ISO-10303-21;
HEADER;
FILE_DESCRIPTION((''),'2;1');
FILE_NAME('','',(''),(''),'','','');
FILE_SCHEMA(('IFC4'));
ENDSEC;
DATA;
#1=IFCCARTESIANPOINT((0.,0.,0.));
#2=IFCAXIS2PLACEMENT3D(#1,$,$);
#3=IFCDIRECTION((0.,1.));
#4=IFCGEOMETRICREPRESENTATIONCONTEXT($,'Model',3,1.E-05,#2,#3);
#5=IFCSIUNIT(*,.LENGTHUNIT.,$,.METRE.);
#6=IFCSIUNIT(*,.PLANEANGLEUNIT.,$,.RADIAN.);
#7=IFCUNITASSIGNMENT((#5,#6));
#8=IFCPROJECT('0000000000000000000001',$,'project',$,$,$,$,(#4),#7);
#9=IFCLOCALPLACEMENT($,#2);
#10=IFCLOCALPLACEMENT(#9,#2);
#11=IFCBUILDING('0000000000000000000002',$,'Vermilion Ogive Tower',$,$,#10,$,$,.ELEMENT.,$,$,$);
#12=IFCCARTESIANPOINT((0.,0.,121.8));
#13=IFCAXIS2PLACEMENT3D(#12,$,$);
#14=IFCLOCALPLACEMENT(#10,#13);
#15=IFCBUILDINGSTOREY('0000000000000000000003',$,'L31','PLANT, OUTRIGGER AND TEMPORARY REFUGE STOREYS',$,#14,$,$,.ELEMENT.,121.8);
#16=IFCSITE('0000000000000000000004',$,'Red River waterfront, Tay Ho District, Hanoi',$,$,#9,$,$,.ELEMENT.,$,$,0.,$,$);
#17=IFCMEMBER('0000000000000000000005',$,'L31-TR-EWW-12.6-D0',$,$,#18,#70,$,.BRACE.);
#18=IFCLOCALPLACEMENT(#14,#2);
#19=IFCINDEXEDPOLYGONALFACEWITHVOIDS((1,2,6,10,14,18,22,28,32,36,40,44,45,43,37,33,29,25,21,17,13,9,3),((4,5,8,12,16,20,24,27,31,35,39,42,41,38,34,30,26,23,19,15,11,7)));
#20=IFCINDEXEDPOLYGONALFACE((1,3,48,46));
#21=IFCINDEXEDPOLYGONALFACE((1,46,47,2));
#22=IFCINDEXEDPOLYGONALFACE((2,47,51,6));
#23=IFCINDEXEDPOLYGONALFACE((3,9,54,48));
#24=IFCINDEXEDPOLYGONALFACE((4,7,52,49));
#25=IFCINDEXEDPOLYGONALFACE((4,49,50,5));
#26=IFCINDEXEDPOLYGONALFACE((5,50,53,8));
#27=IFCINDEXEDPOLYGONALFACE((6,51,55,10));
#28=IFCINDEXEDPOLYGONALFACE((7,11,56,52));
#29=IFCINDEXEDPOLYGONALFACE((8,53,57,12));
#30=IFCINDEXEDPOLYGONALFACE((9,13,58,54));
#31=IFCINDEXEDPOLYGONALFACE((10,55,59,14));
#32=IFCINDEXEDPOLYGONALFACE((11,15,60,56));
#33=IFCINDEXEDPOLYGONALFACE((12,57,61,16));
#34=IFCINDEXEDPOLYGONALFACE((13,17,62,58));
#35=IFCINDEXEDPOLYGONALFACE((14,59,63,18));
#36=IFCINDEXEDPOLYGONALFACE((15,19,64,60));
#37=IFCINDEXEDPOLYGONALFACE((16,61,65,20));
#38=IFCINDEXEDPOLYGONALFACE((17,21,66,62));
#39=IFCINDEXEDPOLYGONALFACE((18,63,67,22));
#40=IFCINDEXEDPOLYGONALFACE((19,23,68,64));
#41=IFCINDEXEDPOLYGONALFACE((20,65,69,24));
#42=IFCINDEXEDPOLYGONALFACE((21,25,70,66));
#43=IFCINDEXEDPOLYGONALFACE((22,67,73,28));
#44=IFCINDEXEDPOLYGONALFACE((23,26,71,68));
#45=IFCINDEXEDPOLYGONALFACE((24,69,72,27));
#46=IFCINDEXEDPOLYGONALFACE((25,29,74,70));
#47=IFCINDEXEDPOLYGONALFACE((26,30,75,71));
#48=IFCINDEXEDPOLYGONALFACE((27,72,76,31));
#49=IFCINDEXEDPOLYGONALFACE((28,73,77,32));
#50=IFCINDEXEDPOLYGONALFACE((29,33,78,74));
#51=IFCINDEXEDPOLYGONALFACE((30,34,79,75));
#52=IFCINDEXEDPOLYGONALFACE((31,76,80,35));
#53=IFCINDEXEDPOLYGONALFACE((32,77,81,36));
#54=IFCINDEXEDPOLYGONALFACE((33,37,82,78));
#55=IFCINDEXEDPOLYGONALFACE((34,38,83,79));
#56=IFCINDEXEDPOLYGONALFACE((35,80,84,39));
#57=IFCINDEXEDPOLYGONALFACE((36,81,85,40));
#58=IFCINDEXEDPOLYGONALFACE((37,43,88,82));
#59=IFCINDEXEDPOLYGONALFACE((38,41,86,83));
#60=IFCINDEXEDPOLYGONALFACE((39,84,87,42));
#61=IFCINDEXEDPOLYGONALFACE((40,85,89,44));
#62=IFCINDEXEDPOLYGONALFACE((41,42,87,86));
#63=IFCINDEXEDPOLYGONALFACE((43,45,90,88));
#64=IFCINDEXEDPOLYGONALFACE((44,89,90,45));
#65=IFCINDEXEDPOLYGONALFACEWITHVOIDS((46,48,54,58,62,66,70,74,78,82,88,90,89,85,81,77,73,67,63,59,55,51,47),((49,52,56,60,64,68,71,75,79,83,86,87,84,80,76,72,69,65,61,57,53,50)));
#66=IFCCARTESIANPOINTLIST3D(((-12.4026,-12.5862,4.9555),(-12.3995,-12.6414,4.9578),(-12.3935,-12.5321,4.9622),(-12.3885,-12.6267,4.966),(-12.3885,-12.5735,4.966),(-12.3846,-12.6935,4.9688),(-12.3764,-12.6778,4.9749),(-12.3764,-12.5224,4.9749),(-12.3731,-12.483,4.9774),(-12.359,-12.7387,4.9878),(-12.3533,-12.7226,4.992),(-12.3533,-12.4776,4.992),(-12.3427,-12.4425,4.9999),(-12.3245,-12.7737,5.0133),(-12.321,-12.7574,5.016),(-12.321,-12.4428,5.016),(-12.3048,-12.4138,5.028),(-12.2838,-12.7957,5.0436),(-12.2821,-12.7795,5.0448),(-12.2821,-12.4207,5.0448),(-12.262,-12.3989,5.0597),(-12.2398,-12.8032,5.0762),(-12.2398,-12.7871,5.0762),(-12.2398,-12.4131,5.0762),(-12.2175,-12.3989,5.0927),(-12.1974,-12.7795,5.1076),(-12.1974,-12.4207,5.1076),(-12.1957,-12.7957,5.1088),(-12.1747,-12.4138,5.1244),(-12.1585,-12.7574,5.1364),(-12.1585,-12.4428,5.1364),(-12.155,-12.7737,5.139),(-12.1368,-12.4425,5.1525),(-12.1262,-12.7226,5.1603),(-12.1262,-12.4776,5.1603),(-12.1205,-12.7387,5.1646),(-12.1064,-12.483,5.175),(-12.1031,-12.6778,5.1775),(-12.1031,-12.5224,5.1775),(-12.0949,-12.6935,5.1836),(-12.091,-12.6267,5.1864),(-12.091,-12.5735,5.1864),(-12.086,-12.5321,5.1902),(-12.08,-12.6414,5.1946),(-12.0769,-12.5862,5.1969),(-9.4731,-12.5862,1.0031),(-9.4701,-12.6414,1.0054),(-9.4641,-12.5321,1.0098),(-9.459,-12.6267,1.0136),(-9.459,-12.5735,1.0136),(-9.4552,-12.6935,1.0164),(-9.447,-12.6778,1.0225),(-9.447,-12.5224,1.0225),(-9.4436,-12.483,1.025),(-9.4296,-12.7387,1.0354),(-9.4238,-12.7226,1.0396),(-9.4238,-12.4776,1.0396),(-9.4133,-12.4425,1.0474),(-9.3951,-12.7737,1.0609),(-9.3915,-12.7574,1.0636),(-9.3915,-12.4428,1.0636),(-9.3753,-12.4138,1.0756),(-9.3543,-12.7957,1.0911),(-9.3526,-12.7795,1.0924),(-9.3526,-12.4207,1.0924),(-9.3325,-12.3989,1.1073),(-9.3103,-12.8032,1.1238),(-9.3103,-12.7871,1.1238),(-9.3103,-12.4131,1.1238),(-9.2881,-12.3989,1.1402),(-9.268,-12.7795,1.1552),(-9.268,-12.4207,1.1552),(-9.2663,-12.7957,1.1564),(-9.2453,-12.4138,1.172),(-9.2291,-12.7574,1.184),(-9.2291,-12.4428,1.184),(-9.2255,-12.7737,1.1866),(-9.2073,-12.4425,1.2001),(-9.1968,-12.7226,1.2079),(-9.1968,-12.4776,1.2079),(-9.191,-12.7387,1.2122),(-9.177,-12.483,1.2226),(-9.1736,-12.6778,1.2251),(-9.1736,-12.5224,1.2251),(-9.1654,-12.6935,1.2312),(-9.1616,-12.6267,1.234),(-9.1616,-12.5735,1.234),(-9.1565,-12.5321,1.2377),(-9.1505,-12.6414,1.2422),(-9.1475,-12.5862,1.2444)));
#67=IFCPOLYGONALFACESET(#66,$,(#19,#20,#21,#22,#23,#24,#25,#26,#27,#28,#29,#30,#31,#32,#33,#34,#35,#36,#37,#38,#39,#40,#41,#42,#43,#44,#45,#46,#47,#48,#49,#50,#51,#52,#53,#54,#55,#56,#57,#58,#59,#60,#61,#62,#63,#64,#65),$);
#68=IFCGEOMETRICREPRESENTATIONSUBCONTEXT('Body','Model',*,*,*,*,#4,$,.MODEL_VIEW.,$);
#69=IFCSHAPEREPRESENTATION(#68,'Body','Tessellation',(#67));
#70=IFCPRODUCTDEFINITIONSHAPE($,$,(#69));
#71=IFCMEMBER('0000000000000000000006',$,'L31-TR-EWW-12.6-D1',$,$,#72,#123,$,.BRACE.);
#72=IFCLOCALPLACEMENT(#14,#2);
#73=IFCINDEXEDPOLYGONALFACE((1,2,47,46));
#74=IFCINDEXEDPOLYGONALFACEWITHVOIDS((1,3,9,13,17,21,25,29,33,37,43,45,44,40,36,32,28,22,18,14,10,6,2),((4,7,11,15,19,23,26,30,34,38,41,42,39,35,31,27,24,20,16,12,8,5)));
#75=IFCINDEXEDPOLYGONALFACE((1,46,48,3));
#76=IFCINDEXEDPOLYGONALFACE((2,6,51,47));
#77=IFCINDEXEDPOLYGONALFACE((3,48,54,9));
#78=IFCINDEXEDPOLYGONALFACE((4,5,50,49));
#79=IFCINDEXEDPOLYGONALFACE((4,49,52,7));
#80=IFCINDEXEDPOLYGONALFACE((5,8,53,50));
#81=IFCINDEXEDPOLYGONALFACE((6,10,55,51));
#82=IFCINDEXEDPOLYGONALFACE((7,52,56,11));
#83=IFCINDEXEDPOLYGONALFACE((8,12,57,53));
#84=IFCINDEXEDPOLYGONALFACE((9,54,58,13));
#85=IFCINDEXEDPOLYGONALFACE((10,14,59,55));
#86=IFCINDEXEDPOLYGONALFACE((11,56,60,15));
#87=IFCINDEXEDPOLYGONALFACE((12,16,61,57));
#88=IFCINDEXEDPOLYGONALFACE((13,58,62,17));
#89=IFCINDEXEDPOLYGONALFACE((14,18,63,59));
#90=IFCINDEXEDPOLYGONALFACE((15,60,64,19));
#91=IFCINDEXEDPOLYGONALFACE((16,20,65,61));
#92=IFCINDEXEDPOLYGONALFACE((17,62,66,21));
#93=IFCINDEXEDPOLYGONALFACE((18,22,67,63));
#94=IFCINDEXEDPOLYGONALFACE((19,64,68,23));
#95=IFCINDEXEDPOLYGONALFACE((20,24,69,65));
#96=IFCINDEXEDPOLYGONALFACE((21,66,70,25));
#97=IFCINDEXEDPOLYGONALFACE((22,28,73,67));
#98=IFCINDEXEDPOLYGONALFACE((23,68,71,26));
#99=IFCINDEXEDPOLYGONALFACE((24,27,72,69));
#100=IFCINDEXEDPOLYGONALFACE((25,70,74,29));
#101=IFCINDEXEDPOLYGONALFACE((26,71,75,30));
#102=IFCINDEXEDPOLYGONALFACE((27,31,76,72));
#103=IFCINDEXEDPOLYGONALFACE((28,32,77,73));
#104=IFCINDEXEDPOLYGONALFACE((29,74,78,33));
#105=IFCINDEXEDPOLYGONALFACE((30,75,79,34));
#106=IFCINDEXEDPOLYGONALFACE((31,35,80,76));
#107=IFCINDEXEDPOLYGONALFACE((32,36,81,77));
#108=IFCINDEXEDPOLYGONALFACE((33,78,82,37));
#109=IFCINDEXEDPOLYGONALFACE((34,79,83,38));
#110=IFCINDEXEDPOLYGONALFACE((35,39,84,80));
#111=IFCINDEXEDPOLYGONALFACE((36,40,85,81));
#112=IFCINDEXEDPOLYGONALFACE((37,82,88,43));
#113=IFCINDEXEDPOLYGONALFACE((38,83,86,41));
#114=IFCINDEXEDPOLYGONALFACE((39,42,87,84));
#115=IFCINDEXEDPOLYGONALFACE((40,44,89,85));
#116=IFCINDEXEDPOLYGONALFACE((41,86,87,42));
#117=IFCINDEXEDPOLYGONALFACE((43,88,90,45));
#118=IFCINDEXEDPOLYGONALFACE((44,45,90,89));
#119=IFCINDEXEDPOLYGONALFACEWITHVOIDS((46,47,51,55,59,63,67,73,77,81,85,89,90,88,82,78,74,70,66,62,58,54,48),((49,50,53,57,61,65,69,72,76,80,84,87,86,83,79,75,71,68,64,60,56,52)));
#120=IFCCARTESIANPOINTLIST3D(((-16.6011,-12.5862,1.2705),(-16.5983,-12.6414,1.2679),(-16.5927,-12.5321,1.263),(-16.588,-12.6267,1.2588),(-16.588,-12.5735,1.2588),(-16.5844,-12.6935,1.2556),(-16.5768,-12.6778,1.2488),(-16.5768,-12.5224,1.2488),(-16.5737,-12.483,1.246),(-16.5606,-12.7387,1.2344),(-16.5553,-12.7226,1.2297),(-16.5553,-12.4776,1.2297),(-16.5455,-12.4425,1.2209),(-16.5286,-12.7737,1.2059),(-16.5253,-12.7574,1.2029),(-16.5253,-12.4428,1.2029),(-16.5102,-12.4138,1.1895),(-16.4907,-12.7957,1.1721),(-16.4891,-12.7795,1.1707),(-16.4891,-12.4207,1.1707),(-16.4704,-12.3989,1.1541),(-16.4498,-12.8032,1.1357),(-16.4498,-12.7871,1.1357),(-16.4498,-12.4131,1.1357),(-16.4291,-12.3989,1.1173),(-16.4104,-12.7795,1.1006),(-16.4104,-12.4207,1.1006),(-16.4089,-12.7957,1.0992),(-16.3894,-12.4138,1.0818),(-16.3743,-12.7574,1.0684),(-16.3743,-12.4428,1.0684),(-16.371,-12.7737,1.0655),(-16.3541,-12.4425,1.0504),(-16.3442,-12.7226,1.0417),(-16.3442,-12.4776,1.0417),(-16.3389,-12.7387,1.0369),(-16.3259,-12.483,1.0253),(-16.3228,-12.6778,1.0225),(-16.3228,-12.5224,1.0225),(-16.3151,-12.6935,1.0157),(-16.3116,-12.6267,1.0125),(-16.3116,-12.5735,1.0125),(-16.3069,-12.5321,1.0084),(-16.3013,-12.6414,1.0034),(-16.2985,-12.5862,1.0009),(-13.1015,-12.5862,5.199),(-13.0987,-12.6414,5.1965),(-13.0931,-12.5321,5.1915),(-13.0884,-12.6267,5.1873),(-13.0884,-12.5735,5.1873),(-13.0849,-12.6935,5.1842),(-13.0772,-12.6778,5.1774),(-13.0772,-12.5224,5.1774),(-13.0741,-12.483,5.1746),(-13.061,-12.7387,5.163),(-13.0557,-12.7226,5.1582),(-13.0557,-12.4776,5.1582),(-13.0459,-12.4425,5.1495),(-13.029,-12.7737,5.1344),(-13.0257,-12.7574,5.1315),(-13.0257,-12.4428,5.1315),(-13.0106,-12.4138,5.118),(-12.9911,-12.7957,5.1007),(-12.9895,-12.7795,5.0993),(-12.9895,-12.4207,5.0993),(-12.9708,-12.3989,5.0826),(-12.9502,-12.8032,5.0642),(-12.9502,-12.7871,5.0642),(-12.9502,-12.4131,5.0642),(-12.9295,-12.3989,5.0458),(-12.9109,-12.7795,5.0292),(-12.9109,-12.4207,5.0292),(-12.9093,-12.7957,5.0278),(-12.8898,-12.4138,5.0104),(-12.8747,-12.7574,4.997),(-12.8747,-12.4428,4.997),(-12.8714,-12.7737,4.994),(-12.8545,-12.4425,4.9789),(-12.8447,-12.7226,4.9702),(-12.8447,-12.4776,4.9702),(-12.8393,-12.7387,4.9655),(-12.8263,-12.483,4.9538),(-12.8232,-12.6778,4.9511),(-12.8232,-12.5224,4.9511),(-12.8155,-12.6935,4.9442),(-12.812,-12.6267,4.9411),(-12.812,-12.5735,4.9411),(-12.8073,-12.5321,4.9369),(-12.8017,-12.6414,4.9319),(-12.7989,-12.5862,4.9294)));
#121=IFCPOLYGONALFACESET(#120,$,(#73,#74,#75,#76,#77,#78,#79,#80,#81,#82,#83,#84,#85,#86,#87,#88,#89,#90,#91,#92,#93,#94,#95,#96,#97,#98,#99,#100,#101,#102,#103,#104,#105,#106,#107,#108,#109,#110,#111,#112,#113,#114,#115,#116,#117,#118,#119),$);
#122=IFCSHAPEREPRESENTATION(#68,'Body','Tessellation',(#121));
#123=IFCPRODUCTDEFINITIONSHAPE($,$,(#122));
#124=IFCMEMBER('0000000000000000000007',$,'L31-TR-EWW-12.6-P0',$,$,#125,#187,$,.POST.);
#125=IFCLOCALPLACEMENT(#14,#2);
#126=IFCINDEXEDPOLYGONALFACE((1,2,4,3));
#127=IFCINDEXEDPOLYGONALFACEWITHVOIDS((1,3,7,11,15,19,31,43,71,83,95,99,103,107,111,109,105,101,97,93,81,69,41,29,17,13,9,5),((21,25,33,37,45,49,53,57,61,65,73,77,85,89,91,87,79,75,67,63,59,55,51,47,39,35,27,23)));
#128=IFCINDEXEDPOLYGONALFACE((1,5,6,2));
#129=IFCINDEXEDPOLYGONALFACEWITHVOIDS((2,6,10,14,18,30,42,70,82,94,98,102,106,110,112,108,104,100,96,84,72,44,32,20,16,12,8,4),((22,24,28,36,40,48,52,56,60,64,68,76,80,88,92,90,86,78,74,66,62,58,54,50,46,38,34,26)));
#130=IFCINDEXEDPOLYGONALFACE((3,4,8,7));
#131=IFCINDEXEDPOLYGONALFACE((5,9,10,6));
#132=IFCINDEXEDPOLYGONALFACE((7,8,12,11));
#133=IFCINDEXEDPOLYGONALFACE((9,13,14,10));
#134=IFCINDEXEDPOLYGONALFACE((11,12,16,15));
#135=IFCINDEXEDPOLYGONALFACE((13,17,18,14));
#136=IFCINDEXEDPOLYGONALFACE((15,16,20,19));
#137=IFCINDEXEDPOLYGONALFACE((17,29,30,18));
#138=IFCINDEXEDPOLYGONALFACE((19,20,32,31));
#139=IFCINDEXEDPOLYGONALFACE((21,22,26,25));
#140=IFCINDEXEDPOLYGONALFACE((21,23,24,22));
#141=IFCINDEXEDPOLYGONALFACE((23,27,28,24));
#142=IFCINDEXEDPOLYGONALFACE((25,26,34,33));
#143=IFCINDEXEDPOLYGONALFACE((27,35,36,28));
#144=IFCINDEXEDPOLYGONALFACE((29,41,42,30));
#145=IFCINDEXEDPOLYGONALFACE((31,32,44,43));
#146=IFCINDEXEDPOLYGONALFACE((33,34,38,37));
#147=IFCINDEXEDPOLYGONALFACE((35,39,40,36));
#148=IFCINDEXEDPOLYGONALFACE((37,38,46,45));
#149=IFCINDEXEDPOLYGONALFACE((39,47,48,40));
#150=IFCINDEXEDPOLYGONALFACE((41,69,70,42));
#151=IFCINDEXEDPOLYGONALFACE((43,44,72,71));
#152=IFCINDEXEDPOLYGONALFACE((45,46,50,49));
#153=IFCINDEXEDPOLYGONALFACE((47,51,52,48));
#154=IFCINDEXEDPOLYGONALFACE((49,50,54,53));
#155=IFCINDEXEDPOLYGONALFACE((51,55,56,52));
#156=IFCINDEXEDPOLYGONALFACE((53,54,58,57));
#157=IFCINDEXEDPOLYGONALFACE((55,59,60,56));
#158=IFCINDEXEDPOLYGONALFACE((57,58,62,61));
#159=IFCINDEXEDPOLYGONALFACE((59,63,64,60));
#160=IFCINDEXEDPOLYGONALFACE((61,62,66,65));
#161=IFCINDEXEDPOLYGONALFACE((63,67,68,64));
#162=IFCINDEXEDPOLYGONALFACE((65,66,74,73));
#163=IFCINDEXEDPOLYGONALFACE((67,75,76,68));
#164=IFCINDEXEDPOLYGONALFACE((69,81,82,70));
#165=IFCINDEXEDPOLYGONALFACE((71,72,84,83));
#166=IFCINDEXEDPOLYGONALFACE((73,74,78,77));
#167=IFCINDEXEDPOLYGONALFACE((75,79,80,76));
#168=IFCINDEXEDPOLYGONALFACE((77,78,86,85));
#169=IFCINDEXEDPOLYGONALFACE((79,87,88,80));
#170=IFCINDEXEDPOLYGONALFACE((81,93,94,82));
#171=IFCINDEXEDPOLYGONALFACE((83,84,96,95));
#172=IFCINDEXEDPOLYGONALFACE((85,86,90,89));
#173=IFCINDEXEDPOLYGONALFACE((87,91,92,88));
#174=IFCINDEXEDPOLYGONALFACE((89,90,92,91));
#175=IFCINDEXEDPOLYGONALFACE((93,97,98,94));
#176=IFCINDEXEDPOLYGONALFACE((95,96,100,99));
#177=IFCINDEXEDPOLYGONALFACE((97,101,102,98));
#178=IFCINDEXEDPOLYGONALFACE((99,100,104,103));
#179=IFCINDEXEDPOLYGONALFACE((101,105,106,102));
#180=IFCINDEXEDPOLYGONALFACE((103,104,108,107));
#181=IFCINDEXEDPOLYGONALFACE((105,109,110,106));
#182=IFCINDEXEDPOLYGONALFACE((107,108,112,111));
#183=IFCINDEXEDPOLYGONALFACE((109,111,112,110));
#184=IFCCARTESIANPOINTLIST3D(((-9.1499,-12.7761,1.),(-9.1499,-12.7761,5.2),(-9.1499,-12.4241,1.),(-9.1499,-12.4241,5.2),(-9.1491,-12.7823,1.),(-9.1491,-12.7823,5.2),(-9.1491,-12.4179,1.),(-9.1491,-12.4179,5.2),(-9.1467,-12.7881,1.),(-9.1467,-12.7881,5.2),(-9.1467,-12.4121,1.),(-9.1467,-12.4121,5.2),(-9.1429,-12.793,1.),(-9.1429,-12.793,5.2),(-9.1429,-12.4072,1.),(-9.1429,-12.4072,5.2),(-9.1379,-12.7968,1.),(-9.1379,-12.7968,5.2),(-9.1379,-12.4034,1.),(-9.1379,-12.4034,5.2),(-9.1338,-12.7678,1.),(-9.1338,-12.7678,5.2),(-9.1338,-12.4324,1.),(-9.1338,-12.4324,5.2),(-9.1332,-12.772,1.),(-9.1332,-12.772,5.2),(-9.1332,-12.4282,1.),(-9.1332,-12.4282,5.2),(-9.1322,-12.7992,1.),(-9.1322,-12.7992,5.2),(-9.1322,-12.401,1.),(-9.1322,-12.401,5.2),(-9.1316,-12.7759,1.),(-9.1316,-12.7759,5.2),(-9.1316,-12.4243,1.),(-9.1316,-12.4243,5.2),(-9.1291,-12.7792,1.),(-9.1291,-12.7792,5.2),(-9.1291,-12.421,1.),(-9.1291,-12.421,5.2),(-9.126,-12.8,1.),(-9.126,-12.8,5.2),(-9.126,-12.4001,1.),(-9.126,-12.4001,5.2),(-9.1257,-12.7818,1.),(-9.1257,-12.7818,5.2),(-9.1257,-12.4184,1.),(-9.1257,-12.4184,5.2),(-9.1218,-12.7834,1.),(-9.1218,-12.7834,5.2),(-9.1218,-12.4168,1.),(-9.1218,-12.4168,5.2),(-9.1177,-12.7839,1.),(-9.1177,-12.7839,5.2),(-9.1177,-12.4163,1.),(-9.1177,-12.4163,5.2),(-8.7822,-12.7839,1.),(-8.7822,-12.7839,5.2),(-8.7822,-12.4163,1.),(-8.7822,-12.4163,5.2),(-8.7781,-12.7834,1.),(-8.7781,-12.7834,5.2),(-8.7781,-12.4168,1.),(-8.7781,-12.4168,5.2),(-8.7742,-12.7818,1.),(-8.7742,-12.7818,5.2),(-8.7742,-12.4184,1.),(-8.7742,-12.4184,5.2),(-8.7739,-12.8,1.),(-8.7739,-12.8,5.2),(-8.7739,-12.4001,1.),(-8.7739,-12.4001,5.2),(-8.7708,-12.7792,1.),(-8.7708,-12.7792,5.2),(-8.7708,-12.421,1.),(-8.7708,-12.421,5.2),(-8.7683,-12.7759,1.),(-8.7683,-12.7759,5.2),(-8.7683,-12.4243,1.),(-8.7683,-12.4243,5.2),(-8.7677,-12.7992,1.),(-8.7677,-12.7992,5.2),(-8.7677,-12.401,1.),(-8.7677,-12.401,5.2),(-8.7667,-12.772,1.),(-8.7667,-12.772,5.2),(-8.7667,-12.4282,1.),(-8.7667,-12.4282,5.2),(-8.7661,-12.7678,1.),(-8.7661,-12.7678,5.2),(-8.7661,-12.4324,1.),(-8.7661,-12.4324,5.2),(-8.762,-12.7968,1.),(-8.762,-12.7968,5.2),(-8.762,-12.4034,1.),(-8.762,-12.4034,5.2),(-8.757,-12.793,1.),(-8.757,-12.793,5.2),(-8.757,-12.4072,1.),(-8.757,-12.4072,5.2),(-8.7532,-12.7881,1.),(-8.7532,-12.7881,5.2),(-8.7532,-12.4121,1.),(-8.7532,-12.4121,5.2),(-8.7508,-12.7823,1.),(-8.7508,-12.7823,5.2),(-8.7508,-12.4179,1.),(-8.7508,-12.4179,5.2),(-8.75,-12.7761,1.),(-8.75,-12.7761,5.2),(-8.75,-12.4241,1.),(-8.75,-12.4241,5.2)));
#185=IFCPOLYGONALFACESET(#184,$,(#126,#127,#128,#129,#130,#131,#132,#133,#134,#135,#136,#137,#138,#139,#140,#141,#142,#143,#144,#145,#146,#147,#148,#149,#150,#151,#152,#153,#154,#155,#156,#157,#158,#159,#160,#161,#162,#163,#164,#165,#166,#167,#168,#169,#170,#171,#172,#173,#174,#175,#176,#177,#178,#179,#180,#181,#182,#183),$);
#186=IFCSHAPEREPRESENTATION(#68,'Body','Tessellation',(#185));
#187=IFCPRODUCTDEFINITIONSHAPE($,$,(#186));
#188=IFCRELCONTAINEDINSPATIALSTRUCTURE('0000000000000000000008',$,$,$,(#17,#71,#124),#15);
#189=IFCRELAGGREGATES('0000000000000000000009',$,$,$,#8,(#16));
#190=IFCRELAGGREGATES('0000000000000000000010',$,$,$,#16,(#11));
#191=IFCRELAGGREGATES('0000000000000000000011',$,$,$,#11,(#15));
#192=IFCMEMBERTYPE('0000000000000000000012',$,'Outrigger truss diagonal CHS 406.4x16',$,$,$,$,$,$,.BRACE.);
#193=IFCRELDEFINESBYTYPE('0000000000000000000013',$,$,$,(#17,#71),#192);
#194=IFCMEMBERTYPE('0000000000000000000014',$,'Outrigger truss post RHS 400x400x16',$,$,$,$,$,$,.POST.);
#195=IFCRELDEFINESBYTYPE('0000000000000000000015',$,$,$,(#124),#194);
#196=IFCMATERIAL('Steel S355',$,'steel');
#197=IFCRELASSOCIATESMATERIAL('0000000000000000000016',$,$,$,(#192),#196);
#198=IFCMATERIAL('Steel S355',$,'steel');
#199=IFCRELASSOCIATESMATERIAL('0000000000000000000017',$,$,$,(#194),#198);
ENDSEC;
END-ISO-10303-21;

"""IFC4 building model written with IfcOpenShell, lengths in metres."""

from ifc_helpers import new_model, si_unit, direction, frame, origin, origin_2d, place, context, subcontext, project, spatial, hollow_rectangle, hollow_circle, extrude, material, material_profile, profile_set, type_object, element, save


model = new_model("IFC4")

# Units and contexts
model_context = context("Model", 3, precision=1e-05, world=origin(), true_north=direction((0.0, 1.0)))
body_context = subcontext(model_context, "Body", "Model", "MODEL_VIEW")
ifc_project = project(units=[si_unit("LENGTHUNIT", "METRE"), si_unit("PLANEANGLEUNIT", "RADIAN")], contexts=[model_context])

# Site, building, storey
site_placement = place(None, origin())
site = spatial("IfcSite", under=ifc_project, at=site_placement, Name="Red River waterfront, Tay Ho District, Hanoi", CompositionType="ELEMENT", RefElevation=0.0)
building_placement = place(site_placement, origin())
building = spatial("IfcBuilding", under=site, at=building_placement, Name="Vermilion Ogive Tower", CompositionType="ELEMENT")
storey_placement = place(building_placement, frame((0.0, 0.0, 121.8)))
storey = spatial("IfcBuildingStorey", under=building, at=storey_placement, Name="L31", Description="PLANT, OUTRIGGER AND TEMPORARY REFUGE STOREYS", CompositionType="ELEMENT", Elevation=121.8)

# Members
ifc_material_1 = material(Name="Steel S355", Category="steel")
ifc_material_profile_1 = material_profile(ifc_material_1, hollow_circle(Radius=0.2031, WallThickness=0.0161, at=origin_2d()), Name="CHS 406.4x16")
ifc_profile_set_1 = profile_set([ifc_material_profile_1], Name="Steel S355")
member_type_1 = type_object("IfcMemberType", Name="Outrigger truss diagonal CHS 406.4x16", PredefinedType="BRACE", material=ifc_profile_set_1)
member_1_placement = place(storey_placement, frame((-9.3103, -12.6001, 1.1238), z_axis=(-0.595457, 0.0, 0.803387), x_axis=(0.0, -1.0, 0.0)))
element("IfcMember", 1, at=member_1_placement, inside=storey, type_object=member_type_1, Name="L31-TR-EWW-12.6-D0", PredefinedType="BRACE", context=body_context, shape_type="SweptSolid", body=[
    extrude(hollow_circle(Radius=0.2031, WallThickness=0.0161, at=origin_2d()), origin(), (0.0, 0.0, 1.0), 4.9197),
])
member_2_placement = place(storey_placement, frame((-12.9502, -12.6001, 5.0642), z_axis=(-0.665164, 0.0, -0.746697), x_axis=(0.0, -1.0, 0.0)))
element("IfcMember", 2, at=member_2_placement, inside=storey, type_object=member_type_1, Name="L31-TR-EWW-12.6-D1", PredefinedType="BRACE", context=body_context, shape_type="SweptSolid", body=[
    extrude(hollow_circle(Radius=0.2031, WallThickness=0.0161, at=origin_2d()), origin(), (0.0, 0.0, 1.0), 5.2612),
])
ifc_material_2 = material(Name="Steel S355", Category="steel")
ifc_material_profile_2 = material_profile(ifc_material_2, hollow_rectangle(XDim=0.3999, YDim=0.3999, WallThickness=0.0161, InnerFilletRadius=0.0161, OuterFilletRadius=0.0239, at=origin_2d()), Name="RHS 400x400x16")
ifc_profile_set_2 = profile_set([ifc_material_profile_2], Name="Steel S355")
member_type_2 = type_object("IfcMemberType", Name="Outrigger truss post RHS 400x400x16", PredefinedType="POST", material=ifc_profile_set_2)
for number, where, z_axis, x_axis, name in (
    (3, (-8.95, -12.6001, 1.0), (0.0, 0.0, 1.0), (1.0, 0.0, 0.0), "L31-TR-EWW-12.6-P0"),
):
    element("IfcMember", number, at=place(storey_placement, frame(where, z_axis=z_axis, x_axis=x_axis)), inside=storey, type_object=member_type_2, Name=name, PredefinedType="POST", context=body_context, shape_type="SweptSolid", body=[
        extrude(hollow_rectangle(XDim=0.3999, YDim=0.3999, WallThickness=0.0161, InnerFilletRadius=0.0161, OuterFilletRadius=0.0239, at=origin_2d()), origin(), (0.0, 0.0, 1.0), 4.2),
    ])

save(model, "model.ifc")
